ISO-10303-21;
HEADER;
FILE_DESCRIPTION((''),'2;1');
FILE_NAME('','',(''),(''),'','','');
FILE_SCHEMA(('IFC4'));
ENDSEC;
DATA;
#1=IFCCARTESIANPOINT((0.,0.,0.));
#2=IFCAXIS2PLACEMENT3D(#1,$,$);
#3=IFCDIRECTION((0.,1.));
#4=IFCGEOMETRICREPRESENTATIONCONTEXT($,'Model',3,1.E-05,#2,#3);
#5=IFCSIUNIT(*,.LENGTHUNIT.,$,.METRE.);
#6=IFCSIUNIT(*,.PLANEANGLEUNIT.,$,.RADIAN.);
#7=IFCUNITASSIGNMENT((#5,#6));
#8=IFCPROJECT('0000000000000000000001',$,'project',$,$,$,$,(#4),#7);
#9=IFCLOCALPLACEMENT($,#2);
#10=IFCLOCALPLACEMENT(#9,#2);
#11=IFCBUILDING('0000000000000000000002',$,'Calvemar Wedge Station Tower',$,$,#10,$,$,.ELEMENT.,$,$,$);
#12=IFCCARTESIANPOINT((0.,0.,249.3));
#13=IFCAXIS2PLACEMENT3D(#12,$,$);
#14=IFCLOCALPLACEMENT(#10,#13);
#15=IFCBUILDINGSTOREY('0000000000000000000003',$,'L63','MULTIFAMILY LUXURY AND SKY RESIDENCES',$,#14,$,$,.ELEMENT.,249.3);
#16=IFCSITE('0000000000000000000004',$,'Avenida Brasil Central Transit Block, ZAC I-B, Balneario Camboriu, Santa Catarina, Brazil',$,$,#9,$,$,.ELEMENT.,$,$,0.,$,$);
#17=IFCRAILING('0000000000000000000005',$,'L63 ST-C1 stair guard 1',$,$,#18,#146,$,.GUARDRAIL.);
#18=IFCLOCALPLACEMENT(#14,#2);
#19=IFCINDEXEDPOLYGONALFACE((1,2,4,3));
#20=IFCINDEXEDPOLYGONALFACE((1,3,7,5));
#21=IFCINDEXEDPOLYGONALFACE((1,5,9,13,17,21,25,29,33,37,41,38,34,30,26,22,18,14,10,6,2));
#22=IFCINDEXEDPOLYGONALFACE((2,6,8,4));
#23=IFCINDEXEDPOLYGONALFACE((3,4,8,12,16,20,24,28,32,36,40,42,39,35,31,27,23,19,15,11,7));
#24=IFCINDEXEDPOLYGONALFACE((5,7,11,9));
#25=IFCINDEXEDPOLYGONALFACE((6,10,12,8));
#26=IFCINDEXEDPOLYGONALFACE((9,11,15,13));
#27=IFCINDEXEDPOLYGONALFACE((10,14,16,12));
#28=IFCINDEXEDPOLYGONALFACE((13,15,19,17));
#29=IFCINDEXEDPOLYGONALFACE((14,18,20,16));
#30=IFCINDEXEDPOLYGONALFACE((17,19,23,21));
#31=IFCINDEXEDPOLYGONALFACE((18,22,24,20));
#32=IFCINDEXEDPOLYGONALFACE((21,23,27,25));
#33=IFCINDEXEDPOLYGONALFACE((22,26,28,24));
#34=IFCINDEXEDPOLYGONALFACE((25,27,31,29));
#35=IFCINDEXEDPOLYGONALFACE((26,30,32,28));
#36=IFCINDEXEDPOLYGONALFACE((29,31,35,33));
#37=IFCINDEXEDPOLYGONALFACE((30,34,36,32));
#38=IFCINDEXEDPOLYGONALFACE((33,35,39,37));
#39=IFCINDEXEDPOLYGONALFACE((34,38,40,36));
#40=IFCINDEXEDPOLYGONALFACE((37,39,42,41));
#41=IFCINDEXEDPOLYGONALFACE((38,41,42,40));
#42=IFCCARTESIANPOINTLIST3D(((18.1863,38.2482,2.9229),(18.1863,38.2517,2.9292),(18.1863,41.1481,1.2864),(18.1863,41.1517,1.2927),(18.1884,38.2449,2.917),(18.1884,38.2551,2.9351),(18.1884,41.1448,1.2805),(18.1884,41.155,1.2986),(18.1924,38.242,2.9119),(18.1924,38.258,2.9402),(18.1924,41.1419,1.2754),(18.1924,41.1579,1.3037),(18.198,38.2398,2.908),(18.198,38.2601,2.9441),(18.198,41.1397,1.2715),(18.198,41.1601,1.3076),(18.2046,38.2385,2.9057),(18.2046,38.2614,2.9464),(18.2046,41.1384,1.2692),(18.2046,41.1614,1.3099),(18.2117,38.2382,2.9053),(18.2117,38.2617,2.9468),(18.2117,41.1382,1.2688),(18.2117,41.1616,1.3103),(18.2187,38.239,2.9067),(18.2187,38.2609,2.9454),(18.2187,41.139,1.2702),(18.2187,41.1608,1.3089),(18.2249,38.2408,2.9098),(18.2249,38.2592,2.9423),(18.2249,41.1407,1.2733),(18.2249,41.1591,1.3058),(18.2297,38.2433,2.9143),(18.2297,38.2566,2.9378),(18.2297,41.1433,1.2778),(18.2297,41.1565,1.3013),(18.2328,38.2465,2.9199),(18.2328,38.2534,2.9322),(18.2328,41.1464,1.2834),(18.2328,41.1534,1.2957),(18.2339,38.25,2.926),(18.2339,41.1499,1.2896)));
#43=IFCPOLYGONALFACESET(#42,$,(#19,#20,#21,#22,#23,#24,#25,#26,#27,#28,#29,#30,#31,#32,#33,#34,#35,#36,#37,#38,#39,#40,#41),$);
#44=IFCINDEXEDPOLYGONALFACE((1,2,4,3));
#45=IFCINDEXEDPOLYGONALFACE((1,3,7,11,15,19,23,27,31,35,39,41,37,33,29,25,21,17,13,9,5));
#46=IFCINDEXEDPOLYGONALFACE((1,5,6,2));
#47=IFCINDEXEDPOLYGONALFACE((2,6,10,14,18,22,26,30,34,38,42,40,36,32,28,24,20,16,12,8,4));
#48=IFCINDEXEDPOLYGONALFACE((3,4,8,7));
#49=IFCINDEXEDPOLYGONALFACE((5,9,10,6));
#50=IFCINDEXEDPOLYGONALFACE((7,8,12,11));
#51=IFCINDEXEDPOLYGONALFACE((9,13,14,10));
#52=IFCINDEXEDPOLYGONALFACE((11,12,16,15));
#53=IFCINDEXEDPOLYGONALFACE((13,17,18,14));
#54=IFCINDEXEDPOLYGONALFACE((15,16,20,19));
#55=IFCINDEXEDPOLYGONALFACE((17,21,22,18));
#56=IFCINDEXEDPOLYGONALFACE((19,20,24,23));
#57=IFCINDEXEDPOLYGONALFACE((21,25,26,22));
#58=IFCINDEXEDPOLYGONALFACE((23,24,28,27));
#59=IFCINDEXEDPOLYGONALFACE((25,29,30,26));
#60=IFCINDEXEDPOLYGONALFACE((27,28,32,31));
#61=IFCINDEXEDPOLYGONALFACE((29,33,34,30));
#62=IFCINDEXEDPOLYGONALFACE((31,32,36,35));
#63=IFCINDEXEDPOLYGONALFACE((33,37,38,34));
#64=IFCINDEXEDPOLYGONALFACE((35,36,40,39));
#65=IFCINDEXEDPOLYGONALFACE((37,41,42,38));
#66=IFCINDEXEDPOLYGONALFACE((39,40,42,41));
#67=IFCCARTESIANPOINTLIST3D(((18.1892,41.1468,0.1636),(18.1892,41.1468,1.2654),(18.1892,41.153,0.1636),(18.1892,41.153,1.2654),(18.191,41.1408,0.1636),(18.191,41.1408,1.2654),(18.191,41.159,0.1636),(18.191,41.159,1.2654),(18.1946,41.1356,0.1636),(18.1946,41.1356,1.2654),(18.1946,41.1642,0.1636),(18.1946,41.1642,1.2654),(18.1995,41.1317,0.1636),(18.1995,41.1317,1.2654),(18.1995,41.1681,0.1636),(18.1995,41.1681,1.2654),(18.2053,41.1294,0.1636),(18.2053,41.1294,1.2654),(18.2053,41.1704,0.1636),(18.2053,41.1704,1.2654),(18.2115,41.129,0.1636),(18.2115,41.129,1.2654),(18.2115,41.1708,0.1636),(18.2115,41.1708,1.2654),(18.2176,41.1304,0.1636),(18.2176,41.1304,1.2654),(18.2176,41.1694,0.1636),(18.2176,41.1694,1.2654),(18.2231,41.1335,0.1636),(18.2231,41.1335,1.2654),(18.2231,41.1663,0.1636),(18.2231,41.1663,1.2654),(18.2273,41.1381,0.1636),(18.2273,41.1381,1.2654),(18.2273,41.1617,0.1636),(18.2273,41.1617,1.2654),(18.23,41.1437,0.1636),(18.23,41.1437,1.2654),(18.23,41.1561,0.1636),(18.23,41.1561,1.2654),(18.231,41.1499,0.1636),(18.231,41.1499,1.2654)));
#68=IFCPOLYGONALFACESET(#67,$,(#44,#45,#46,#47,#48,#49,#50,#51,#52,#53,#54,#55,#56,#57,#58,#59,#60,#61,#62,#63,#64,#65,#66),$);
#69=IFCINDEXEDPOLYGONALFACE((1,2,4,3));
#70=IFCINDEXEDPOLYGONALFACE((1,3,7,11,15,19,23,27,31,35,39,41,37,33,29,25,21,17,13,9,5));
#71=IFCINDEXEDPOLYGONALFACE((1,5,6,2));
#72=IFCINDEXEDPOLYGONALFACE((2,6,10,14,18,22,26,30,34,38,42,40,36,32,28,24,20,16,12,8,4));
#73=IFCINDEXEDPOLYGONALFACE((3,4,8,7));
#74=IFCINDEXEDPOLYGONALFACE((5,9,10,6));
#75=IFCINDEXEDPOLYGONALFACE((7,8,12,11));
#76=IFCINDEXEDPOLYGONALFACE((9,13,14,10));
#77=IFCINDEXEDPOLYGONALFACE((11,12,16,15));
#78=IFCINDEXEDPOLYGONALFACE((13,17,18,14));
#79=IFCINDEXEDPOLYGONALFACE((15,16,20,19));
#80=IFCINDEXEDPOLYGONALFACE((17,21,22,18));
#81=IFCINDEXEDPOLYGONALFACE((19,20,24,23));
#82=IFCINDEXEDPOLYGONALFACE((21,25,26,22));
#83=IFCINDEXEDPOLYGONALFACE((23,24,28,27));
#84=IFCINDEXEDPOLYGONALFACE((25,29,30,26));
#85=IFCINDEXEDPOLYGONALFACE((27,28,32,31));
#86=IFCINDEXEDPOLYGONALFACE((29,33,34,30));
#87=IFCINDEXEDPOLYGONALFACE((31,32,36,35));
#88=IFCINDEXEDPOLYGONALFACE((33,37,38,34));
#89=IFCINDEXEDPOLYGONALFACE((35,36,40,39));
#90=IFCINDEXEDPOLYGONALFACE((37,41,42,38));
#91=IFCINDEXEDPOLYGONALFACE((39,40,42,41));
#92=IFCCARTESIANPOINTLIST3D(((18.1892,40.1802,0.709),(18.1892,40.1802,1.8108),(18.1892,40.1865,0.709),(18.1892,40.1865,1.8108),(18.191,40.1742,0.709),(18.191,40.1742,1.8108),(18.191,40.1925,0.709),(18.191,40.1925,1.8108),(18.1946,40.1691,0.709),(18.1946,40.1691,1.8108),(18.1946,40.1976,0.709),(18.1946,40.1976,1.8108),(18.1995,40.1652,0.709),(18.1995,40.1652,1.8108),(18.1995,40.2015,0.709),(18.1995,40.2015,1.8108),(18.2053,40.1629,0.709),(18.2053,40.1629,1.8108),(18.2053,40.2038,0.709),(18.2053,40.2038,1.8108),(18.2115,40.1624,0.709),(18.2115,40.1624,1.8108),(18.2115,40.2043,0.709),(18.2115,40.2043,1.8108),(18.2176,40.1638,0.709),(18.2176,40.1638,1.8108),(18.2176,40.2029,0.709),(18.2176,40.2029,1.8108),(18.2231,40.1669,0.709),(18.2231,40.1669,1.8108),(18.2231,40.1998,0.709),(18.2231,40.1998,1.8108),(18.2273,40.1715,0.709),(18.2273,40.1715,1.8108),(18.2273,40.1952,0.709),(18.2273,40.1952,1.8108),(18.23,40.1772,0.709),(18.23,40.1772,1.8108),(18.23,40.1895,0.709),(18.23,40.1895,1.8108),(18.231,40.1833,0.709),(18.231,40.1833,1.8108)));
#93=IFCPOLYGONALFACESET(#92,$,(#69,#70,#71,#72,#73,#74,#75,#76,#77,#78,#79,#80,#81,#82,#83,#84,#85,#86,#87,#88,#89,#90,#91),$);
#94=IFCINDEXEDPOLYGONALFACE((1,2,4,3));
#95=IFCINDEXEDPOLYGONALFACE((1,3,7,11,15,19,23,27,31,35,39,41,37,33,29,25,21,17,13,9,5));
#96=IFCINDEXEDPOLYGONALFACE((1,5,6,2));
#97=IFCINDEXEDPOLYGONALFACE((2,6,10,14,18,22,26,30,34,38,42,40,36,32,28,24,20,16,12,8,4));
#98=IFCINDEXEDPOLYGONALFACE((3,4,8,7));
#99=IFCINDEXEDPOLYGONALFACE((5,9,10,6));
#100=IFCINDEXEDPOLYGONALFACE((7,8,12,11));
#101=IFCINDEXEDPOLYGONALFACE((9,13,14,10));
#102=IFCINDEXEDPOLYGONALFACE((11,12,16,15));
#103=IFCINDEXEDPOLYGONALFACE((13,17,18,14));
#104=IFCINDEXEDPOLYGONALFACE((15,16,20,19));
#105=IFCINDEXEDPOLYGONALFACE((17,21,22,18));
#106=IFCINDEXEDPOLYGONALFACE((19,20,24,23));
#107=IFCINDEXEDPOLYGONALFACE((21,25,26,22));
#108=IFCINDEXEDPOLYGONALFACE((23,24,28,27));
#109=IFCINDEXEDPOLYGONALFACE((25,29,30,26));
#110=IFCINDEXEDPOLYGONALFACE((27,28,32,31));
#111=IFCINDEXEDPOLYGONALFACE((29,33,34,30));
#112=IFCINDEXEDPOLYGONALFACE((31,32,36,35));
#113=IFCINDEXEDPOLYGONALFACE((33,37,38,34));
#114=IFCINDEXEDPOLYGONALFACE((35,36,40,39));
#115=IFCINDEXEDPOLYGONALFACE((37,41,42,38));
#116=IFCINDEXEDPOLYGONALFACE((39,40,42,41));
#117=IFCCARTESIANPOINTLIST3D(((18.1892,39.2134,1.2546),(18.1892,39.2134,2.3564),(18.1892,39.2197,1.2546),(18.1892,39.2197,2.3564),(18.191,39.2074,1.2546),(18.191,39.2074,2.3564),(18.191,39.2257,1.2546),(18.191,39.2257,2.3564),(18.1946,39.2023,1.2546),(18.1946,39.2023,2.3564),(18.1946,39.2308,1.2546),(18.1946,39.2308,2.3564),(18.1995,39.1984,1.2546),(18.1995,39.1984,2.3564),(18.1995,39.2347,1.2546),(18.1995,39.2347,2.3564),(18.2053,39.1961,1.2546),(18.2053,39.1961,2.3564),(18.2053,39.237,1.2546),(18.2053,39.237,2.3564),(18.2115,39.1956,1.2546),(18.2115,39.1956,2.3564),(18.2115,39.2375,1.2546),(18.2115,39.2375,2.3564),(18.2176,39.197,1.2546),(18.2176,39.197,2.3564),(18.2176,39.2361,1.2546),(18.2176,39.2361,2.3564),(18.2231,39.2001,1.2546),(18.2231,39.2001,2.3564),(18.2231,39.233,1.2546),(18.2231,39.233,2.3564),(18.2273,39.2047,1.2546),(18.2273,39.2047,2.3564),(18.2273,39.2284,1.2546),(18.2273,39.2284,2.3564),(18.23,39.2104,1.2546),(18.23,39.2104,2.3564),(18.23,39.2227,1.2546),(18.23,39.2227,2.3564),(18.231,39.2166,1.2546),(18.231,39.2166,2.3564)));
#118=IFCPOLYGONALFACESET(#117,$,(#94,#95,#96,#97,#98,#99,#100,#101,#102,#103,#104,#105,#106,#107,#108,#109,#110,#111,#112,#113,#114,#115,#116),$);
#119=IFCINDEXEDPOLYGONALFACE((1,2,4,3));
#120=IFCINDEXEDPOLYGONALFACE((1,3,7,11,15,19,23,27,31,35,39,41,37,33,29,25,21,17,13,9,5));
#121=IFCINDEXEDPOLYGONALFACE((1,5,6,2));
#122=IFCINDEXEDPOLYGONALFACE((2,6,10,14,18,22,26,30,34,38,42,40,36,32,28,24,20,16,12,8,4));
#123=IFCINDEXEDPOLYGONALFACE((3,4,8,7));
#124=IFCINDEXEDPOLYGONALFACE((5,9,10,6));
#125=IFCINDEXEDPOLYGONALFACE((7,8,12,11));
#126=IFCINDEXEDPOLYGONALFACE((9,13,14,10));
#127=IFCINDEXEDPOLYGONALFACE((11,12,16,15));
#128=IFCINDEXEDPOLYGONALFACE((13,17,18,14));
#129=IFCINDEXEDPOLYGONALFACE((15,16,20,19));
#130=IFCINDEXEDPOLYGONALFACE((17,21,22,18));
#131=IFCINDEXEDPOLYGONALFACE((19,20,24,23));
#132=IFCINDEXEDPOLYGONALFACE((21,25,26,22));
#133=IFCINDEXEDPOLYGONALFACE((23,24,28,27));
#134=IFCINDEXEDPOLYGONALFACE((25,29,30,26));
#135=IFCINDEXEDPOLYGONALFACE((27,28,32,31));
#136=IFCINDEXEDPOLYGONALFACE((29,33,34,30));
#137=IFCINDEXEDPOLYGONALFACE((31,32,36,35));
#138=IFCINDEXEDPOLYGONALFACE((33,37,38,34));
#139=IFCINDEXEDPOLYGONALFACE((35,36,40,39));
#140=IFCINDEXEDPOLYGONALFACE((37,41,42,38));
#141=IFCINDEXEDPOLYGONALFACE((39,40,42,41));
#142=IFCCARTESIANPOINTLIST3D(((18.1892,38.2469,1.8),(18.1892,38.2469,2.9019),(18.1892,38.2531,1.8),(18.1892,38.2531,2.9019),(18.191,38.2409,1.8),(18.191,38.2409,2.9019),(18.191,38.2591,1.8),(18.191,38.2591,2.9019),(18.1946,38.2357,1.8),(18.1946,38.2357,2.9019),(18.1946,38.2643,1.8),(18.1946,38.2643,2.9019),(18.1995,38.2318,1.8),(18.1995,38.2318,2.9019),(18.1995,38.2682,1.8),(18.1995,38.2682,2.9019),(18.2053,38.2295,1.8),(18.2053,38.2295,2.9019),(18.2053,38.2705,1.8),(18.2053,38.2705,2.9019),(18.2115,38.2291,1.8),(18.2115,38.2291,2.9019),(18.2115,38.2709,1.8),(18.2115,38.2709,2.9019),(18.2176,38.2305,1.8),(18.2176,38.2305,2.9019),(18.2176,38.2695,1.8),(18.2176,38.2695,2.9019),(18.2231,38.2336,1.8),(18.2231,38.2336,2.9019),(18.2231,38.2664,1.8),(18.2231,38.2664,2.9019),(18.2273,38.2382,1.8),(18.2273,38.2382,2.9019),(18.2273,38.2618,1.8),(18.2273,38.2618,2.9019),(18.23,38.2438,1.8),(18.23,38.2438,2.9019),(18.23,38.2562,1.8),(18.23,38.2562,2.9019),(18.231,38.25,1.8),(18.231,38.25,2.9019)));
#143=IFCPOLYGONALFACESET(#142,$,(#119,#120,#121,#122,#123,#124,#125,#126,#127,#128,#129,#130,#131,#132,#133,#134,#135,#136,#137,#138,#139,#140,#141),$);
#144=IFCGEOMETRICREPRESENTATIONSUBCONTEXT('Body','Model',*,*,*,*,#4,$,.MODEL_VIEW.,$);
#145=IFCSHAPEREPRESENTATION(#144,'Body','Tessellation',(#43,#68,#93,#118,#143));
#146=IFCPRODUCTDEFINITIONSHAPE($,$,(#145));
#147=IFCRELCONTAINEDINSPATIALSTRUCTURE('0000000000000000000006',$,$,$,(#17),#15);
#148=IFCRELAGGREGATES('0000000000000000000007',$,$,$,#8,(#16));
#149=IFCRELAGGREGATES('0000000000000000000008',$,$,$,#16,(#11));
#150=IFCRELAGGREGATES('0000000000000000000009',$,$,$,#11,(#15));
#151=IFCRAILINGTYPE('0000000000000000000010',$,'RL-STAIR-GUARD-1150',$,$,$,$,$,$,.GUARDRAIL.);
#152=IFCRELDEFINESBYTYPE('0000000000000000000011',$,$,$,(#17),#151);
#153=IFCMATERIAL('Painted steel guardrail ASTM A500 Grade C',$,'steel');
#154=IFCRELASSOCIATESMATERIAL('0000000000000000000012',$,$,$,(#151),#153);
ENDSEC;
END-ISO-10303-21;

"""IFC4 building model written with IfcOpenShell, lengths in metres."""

from ifc_helpers import new_model, si_unit, direction, frame, origin, origin_2d, place, context, subcontext, project, spatial, circle, extrude, material, type_object, element, save


model = new_model("IFC4")

# Units and contexts
model_context = context("Model", 3, precision=1e-05, world=origin(), true_north=direction((0.0, 1.0)))
body_context = subcontext(model_context, "Body", "Model", "MODEL_VIEW")
ifc_project = project(units=[si_unit("LENGTHUNIT", "METRE"), si_unit("PLANEANGLEUNIT", "RADIAN")], contexts=[model_context])

# Site, building, storey
site_placement = place(None, origin())
site = spatial("IfcSite", under=ifc_project, at=site_placement, Name="Avenida Brasil Central Transit Block, ZAC I-B, Balneario Camboriu, Santa Catarina, Brazil", CompositionType="ELEMENT", RefElevation=0.0)
building_placement = place(site_placement, origin())
building = spatial("IfcBuilding", under=site, at=building_placement, Name="Calvemar Wedge Station Tower", CompositionType="ELEMENT")
storey_placement = place(building_placement, frame((0.0, 0.0, 249.3)))
storey = spatial("IfcBuildingStorey", under=building, at=storey_placement, Name="L63", Description="MULTIFAMILY LUXURY AND SKY RESIDENCES", CompositionType="ELEMENT", Elevation=249.3)

# Railing
ifc_material_1 = material(Name="Painted steel guardrail ASTM A500 Grade C", Category="steel")
railing_type_1 = type_object("IfcRailingType", Name="RL-STAIR-GUARD-1150", PredefinedType="GUARDRAIL", material=ifc_material_1)
railing_1_placement = place(storey_placement, frame((18.21, 41.1499, 0.1636)))
element("IfcRailing", 1, at=railing_1_placement, inside=storey, type_object=railing_type_1, Name="L63 ST-C1 stair guard 1", PredefinedType="GUARDRAIL", context=body_context, shape_type="SweptSolid", body=[
    extrude(circle(Radius=0.0239, at=origin_2d()), frame((0.0, 0.0, 1.126), z_axis=(0.0, -0.870897, 0.491465), x_axis=(1.0, 0.0, 0.0)), (0.0, 0.0, 1.0), 3.3298),
    extrude(circle(Radius=0.021, at=origin_2d()), origin(), (0.0, 0.0, 1.0), 1.1018),
    extrude(circle(Radius=0.021, at=origin_2d()), frame((0.0, -0.9666, 0.5454)), (0.0, 0.0, 1.0), 1.1018),
    extrude(circle(Radius=0.021, at=origin_2d()), frame((0.0, -1.9333, 1.0911)), (0.0, 0.0, 1.0), 1.1018),
    extrude(circle(Radius=0.021, at=origin_2d()), frame((0.0, -2.8999, 1.6365)), (0.0, 0.0, 1.0), 1.1018),
])

save(model, "model.ifc")
